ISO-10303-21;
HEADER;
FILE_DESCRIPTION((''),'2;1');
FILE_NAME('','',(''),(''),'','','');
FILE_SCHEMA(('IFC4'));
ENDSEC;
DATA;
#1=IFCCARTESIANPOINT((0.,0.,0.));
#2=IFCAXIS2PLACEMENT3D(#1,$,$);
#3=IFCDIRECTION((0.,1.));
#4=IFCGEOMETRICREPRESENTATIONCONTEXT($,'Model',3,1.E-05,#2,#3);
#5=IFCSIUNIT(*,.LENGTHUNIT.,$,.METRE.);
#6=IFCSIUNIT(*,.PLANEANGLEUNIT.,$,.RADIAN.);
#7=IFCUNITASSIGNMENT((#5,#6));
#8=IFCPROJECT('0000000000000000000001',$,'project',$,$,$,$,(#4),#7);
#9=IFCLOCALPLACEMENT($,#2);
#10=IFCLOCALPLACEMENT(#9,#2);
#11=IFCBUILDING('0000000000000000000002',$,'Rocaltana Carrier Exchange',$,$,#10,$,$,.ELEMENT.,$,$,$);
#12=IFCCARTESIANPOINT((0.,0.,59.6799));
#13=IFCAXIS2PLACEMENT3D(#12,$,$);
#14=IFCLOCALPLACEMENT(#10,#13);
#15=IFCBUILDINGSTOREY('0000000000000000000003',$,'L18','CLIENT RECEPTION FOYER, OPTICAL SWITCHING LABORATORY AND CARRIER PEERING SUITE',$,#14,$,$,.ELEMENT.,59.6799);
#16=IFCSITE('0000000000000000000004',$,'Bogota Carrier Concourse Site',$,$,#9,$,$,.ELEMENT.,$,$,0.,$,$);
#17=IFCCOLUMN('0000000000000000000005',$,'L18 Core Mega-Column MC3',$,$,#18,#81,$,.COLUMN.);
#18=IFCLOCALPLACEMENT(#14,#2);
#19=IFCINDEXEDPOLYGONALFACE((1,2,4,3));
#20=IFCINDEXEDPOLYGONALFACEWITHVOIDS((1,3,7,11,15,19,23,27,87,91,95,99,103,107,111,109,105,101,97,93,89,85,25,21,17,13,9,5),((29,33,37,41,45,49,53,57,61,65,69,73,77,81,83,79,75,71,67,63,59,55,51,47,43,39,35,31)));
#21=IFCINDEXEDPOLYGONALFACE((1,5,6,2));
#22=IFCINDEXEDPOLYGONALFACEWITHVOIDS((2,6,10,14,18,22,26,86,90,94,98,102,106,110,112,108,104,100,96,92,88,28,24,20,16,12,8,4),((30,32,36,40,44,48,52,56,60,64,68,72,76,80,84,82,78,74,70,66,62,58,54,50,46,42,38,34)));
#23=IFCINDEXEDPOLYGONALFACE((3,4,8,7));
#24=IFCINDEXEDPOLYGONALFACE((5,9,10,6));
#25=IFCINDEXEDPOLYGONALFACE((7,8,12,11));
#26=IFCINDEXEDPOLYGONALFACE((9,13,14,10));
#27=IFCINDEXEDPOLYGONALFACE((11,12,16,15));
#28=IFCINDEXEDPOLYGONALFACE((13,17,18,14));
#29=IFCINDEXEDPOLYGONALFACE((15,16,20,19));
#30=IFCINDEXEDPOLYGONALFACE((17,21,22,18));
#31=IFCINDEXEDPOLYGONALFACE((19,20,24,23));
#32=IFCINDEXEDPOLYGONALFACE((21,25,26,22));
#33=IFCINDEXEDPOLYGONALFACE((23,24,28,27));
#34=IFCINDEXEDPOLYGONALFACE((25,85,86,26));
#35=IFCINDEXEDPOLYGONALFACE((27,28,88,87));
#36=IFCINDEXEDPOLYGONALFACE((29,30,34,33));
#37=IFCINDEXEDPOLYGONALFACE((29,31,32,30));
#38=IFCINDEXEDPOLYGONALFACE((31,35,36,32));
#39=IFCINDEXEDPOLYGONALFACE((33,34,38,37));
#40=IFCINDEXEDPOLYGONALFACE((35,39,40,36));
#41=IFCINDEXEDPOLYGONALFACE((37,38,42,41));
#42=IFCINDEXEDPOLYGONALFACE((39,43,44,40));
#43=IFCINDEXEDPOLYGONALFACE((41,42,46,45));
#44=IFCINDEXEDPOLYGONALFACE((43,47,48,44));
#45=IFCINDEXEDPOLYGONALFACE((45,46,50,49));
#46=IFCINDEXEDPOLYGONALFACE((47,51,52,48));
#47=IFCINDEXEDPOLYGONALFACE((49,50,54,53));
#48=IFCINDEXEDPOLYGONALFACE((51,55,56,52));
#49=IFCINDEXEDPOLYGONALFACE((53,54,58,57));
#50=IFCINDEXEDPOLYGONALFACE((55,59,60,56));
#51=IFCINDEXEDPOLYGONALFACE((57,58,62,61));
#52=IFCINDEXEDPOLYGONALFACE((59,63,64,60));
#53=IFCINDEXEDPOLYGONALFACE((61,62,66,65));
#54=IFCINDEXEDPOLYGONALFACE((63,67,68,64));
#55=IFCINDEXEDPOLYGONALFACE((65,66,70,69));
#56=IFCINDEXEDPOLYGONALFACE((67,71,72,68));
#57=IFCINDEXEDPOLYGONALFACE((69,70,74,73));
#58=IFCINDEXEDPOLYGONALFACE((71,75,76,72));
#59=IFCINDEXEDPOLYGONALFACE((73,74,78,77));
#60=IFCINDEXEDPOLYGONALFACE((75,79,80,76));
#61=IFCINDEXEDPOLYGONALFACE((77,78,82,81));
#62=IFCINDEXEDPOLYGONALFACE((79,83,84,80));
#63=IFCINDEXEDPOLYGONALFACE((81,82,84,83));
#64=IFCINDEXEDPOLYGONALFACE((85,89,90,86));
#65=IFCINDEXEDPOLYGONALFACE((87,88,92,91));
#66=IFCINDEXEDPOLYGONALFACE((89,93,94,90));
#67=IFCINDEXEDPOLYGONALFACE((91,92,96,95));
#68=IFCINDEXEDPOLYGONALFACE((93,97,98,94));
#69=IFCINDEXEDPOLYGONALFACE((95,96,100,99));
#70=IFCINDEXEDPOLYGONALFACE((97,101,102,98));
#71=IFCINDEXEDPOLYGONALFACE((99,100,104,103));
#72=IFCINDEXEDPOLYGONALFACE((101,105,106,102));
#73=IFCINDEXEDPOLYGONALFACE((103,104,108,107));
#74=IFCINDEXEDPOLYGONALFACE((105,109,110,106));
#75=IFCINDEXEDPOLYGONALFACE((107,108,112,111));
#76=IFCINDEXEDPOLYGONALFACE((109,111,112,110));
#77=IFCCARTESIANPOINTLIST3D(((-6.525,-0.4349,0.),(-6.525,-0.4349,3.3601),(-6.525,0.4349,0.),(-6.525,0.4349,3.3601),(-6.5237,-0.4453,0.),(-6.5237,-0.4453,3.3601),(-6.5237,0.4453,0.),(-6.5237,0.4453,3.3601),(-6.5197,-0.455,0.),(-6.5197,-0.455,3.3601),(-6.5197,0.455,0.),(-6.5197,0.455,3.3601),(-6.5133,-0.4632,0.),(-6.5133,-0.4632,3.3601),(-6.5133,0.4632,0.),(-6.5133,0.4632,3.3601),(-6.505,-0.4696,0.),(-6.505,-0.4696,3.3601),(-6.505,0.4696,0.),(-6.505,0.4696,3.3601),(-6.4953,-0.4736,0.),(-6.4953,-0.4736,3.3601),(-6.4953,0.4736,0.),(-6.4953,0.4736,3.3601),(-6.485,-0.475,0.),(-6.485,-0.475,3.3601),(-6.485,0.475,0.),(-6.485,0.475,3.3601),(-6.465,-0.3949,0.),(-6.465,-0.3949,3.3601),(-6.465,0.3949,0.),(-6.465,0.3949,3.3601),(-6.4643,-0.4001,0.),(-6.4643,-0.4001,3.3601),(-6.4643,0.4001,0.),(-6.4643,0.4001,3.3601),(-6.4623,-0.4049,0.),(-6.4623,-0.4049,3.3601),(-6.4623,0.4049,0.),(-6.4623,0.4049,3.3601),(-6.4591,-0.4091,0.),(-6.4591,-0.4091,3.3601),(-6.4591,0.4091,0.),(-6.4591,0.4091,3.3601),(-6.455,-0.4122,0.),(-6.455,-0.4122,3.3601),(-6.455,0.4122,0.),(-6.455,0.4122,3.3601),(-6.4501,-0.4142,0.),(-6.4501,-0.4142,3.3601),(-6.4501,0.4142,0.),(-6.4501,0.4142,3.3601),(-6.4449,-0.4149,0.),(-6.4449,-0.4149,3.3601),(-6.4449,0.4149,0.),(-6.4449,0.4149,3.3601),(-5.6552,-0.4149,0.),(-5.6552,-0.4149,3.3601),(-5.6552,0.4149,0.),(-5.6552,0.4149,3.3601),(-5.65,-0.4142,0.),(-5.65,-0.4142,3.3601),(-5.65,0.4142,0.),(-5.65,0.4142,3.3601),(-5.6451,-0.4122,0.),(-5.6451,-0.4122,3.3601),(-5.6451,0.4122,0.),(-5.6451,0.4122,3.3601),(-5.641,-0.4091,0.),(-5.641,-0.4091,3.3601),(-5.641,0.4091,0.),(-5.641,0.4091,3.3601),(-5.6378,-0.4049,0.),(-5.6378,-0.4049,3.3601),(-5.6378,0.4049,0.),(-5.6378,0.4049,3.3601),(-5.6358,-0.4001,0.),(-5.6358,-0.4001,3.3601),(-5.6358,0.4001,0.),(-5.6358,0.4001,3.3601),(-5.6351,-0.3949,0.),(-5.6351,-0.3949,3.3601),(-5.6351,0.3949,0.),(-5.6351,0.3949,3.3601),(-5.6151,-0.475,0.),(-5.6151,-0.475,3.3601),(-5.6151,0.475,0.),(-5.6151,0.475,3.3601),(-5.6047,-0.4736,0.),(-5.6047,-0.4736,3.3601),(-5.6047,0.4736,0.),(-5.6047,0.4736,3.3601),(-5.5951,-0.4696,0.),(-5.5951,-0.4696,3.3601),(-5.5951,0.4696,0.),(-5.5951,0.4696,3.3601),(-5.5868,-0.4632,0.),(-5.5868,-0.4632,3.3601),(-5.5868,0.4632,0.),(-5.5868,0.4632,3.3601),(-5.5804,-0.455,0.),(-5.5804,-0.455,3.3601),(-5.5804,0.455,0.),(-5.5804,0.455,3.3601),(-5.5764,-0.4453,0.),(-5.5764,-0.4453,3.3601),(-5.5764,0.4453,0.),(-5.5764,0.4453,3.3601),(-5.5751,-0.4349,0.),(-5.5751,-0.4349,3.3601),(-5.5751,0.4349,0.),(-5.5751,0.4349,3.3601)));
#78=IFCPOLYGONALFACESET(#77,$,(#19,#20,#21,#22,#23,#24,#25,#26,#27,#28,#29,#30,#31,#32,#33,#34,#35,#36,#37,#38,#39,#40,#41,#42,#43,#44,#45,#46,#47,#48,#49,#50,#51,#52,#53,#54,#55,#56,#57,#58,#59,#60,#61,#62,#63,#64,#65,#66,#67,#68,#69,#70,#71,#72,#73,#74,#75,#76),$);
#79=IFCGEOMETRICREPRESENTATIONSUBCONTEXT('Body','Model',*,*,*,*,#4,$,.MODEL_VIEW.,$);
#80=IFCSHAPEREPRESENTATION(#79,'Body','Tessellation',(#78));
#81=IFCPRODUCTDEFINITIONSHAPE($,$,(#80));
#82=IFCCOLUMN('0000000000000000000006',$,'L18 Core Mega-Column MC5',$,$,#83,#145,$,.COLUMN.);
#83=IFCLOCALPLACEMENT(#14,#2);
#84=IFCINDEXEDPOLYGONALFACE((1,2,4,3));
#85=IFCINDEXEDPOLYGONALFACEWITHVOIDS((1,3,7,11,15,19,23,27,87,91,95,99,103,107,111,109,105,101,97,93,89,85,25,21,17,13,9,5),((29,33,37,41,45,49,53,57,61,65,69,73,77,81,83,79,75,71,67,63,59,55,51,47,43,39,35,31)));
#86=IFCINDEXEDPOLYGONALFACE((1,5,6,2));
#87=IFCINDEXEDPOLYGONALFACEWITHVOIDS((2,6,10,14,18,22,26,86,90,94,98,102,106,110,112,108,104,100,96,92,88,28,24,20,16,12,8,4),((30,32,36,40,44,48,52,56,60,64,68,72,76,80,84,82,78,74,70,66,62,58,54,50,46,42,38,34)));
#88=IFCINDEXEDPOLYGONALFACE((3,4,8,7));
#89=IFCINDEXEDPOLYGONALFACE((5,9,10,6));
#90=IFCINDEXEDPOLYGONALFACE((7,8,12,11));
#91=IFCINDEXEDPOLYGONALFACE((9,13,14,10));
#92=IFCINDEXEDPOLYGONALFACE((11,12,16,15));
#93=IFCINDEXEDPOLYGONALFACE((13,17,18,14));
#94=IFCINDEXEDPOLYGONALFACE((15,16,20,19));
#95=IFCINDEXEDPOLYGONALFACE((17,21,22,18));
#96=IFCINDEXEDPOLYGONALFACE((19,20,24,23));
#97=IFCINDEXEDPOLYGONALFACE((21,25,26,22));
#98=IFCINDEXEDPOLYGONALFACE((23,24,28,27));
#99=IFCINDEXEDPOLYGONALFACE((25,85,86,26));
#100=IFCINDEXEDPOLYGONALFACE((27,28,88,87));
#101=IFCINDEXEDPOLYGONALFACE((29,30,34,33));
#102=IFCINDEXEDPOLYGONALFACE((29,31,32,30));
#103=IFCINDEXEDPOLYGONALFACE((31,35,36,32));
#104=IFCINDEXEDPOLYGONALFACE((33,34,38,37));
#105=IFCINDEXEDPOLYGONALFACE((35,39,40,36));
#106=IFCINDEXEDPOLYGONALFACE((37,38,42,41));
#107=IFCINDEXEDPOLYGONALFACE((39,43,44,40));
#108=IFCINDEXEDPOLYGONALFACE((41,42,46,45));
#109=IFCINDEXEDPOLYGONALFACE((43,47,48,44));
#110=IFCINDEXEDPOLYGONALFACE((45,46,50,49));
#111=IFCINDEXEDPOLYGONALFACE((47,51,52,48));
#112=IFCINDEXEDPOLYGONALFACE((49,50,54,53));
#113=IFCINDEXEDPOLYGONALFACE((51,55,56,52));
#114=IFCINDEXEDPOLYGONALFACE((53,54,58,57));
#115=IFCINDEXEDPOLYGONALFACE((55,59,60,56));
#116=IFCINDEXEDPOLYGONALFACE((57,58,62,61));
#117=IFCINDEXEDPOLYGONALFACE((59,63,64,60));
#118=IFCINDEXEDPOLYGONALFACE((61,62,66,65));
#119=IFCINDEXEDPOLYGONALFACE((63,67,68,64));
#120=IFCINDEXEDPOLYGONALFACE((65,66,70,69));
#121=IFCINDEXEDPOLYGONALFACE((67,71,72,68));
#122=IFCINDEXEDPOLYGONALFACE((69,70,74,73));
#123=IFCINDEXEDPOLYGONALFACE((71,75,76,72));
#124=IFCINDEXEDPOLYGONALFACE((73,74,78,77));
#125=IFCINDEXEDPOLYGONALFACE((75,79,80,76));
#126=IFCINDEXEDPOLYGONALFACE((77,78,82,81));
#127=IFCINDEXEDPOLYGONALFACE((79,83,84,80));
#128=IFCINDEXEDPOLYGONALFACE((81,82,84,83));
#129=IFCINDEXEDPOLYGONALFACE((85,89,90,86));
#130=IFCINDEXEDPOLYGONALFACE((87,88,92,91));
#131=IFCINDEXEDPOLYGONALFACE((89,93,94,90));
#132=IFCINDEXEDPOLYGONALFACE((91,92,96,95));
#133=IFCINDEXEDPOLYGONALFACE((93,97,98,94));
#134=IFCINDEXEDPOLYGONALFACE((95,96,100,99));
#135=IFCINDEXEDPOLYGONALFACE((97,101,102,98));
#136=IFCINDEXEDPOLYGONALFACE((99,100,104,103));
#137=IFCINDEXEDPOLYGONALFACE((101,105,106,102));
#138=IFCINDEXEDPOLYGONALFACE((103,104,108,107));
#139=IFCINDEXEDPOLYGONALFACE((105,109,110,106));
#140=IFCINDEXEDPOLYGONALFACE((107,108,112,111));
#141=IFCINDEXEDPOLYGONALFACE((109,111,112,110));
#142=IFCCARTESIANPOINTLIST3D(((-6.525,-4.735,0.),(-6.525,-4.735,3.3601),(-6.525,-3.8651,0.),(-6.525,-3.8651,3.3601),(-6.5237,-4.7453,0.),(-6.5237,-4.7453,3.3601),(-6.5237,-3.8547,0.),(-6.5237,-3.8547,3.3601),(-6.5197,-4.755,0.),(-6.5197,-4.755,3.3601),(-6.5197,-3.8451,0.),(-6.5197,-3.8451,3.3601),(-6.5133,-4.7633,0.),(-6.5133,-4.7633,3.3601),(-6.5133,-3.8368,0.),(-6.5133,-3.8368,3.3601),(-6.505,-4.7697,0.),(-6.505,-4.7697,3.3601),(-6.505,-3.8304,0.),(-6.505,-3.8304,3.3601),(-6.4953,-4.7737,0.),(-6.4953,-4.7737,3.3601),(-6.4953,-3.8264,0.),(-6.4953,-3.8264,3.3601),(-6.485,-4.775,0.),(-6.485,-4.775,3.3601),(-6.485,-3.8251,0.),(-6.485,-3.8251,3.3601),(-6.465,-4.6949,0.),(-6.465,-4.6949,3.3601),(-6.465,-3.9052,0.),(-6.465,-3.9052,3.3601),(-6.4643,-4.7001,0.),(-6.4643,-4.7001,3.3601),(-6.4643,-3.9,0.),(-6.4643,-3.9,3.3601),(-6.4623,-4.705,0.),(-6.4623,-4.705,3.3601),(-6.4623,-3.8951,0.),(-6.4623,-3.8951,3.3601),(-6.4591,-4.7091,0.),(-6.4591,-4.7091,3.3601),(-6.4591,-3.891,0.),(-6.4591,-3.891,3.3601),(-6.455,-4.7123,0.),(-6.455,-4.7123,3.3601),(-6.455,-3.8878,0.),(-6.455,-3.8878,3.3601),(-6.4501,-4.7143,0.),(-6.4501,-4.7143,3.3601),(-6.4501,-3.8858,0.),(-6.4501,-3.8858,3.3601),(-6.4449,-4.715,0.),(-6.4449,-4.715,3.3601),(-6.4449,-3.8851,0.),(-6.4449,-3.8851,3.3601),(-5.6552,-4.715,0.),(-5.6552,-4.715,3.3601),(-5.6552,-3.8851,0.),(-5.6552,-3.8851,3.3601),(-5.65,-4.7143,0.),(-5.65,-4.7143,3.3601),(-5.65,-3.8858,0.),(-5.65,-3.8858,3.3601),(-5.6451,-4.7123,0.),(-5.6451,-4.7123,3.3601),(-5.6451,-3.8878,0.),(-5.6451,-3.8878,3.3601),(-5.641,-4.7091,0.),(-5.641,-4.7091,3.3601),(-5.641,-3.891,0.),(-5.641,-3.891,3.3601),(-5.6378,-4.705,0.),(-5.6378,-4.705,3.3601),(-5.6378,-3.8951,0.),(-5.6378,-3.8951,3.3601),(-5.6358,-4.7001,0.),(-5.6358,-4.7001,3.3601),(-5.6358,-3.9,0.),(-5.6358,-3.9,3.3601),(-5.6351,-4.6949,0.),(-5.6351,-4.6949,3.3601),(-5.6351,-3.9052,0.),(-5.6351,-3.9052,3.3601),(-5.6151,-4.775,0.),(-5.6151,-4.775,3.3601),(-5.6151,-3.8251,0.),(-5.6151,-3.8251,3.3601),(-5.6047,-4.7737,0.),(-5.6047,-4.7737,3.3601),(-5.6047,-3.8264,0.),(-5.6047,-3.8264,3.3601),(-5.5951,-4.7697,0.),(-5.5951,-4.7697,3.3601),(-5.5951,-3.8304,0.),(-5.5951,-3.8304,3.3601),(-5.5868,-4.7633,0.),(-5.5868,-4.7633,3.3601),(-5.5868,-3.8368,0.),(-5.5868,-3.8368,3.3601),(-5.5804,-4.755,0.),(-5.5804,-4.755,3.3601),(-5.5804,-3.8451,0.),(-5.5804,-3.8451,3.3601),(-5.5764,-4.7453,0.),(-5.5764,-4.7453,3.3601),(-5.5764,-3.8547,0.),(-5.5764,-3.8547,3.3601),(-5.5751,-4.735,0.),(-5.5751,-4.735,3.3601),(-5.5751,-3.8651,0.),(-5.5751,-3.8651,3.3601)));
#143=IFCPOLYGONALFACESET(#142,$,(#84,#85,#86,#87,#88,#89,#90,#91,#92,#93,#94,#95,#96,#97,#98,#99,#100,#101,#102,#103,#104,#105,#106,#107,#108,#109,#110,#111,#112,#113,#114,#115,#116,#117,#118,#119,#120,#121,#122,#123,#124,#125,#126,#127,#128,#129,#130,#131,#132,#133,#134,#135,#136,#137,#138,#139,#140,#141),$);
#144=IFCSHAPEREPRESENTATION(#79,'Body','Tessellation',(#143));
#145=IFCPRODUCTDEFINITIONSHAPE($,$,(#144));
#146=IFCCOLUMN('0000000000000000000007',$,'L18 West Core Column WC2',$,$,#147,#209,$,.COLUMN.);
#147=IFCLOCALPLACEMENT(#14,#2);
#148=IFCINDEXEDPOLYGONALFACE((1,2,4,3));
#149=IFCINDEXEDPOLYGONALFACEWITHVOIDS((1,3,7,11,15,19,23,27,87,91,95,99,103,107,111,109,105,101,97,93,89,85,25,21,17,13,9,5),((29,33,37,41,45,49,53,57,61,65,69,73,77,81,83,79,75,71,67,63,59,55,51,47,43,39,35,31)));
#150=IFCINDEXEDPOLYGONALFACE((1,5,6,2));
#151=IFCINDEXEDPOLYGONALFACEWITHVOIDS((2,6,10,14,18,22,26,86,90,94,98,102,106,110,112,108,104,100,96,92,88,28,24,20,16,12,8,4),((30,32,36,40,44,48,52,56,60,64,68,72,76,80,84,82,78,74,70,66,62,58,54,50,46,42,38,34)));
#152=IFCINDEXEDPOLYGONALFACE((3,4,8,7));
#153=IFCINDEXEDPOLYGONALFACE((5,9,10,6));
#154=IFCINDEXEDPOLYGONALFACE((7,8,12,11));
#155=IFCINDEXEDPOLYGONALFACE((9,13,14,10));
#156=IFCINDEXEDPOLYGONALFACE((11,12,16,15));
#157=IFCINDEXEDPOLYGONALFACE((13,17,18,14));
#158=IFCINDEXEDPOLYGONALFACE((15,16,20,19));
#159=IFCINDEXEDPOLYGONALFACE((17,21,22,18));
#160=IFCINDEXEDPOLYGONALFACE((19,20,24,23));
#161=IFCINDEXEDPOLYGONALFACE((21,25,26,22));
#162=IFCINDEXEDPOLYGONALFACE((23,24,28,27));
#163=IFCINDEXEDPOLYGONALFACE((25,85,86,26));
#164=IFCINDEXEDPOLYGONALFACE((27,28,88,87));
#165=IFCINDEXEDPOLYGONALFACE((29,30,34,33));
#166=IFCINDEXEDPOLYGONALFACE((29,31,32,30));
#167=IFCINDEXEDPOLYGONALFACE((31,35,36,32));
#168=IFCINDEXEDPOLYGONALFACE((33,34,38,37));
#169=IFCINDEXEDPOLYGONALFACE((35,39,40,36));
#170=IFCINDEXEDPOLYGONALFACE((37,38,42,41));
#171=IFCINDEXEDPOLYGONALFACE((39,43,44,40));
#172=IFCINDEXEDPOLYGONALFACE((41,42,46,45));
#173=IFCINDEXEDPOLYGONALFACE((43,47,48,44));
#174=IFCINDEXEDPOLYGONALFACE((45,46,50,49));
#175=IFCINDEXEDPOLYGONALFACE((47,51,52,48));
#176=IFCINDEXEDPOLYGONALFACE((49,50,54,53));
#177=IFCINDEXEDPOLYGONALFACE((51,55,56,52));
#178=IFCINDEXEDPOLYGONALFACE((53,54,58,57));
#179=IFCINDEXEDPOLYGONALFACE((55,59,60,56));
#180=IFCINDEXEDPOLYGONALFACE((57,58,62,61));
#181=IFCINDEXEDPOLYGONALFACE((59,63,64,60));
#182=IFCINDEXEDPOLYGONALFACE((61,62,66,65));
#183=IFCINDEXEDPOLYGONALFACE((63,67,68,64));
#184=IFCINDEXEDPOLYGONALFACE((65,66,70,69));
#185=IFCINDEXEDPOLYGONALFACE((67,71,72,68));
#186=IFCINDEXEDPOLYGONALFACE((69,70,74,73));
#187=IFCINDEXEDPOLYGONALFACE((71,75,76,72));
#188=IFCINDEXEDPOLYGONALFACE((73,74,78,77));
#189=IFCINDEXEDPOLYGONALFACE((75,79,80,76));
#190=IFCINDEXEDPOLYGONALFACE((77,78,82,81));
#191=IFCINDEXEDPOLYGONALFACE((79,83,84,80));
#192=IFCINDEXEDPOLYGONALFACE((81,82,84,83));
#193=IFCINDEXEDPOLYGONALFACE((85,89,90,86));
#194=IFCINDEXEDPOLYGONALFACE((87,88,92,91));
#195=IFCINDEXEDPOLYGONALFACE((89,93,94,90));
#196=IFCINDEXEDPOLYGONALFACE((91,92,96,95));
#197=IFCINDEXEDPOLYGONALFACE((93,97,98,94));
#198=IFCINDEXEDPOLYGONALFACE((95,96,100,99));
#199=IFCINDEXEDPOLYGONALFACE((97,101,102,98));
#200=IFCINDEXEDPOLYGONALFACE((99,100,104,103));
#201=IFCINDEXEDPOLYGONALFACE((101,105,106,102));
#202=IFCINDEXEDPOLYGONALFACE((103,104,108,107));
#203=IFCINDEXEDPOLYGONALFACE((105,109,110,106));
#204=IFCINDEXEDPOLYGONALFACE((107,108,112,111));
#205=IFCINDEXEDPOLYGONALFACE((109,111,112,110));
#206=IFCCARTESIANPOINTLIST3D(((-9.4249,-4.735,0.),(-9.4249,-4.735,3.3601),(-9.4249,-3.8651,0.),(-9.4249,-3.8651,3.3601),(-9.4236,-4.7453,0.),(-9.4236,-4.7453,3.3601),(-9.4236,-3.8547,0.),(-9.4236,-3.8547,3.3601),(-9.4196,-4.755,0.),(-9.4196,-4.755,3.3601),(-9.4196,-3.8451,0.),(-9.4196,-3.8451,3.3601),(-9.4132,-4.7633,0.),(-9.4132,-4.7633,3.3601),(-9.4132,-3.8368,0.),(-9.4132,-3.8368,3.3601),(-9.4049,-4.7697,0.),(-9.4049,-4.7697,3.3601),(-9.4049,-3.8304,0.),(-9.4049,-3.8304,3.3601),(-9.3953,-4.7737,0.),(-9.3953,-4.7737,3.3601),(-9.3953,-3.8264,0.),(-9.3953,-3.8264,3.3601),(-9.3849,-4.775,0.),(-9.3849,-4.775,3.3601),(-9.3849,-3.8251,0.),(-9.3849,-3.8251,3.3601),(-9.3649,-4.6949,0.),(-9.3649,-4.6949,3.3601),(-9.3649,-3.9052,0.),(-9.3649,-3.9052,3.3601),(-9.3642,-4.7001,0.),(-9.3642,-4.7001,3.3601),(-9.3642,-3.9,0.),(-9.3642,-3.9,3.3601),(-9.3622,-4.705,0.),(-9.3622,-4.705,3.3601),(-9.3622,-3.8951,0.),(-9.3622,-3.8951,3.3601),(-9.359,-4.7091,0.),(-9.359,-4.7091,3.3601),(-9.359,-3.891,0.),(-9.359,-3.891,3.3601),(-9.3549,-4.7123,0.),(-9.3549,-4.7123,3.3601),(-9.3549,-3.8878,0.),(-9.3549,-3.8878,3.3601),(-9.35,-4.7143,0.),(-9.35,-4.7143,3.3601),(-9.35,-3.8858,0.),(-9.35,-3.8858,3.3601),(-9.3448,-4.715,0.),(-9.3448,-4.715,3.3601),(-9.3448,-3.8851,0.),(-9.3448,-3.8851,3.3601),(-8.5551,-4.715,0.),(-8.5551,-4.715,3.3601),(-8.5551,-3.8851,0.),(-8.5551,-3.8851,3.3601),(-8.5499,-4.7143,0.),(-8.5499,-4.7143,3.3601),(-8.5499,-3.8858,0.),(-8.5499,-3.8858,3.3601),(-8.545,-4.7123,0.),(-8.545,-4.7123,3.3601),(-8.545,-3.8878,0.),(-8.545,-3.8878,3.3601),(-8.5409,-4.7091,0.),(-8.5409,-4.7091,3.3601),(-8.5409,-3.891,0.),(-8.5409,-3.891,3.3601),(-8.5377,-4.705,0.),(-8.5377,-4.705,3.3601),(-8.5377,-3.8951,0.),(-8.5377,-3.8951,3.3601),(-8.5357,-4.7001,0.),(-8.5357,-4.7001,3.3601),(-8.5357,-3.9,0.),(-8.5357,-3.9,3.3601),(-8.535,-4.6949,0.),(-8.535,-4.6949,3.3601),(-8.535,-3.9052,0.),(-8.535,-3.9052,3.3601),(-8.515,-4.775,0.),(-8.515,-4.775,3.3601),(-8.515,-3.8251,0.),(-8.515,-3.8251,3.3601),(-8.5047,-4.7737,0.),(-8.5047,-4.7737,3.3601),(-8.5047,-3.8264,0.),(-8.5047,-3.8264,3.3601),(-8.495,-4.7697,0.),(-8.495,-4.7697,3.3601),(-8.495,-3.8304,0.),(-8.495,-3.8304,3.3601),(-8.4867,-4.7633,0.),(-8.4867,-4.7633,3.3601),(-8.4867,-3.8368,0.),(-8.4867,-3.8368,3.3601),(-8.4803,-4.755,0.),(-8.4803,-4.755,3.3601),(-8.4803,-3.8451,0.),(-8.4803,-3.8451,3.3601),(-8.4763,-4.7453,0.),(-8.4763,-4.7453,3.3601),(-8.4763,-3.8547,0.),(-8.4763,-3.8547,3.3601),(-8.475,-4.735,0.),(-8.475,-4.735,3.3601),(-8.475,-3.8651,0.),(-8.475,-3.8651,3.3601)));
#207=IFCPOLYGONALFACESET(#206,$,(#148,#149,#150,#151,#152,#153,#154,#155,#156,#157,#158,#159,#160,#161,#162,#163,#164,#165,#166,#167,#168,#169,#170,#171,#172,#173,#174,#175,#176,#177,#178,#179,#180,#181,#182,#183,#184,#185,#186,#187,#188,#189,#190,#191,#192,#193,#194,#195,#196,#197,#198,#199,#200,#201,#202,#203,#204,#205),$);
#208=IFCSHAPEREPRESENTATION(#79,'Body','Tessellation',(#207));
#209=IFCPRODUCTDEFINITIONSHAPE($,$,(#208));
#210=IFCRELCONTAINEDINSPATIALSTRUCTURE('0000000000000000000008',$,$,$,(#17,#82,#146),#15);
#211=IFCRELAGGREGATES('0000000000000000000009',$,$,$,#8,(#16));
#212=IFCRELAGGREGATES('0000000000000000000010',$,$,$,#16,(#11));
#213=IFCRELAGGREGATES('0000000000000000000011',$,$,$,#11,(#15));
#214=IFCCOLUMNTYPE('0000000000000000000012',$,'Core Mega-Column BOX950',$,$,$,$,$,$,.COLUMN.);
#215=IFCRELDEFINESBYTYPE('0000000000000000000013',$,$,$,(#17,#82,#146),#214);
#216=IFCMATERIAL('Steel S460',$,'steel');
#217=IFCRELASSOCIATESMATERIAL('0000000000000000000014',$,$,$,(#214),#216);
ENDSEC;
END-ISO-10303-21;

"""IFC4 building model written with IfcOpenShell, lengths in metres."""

from ifc_helpers import new_model, si_unit, direction, frame, origin, origin_2d, place, context, subcontext, project, spatial, hollow_rectangle, extrude, material, material_profile, profile_set, type_object, element, save


model = new_model("IFC4")

# Units and contexts
model_context = context("Model", 3, precision=1e-05, world=origin(), true_north=direction((0.0, 1.0)))
body_context = subcontext(model_context, "Body", "Model", "MODEL_VIEW")
ifc_project = project(units=[si_unit("LENGTHUNIT", "METRE"), si_unit("PLANEANGLEUNIT", "RADIAN")], contexts=[model_context])

# Site, building, storey
site_placement = place(None, origin())
site = spatial("IfcSite", under=ifc_project, at=site_placement, Name="Bogota Carrier Concourse Site", CompositionType="ELEMENT", RefElevation=0.0)
building_placement = place(site_placement, origin())
building = spatial("IfcBuilding", under=site, at=building_placement, Name="Rocaltana Carrier Exchange", CompositionType="ELEMENT")
storey_placement = place(building_placement, frame((0.0, 0.0, 59.6799)))
storey = spatial("IfcBuildingStorey", under=building, at=storey_placement, Name="L18", Description="CLIENT RECEPTION FOYER, OPTICAL SWITCHING LABORATORY AND CARRIER PEERING SUITE", CompositionType="ELEMENT", Elevation=59.6799)

# Columns
ifc_material_1 = material(Name="Steel S460", Category="steel")
ifc_material_profile_1 = material_profile(ifc_material_1, hollow_rectangle(XDim=0.95, YDim=0.95, WallThickness=0.0601, InnerFilletRadius=0.02, OuterFilletRadius=0.04, at=origin_2d()), Name="BOX950X950X60")
ifc_profile_set_1 = profile_set([ifc_material_profile_1], Name="Steel S460")
column_type = type_object("IfcColumnType", Name="Core Mega-Column BOX950", PredefinedType="COLUMN", material=ifc_profile_set_1)
for number, where, z_axis, x_axis, name in (
    (1, (-6.05, 0.0, 0.0), (0.0, 0.0, 1.0), (1.0, 0.0, 0.0), "L18 Core Mega-Column MC3"),
    (2, (-6.05, -4.3, 0.0), (0.0, 0.0, 1.0), (1.0, 0.0, 0.0), "L18 Core Mega-Column MC5"),
    (3, (-8.95, -4.3, 0.0), (0.0, 0.0, 1.0), (1.0, 0.0, 0.0), "L18 West Core Column WC2"),
):
    element("IfcColumn", number, at=place(storey_placement, frame(where, z_axis=z_axis, x_axis=x_axis)), inside=storey, type_object=column_type, Name=name, PredefinedType="COLUMN", context=body_context, shape_type="SweptSolid", body=[
        extrude(hollow_rectangle(XDim=0.95, YDim=0.95, WallThickness=0.0601, InnerFilletRadius=0.02, OuterFilletRadius=0.04, at=origin_2d()), origin(), (0.0, 0.0, 1.0), 3.3601),
    ])

save(model, "model.ifc")
